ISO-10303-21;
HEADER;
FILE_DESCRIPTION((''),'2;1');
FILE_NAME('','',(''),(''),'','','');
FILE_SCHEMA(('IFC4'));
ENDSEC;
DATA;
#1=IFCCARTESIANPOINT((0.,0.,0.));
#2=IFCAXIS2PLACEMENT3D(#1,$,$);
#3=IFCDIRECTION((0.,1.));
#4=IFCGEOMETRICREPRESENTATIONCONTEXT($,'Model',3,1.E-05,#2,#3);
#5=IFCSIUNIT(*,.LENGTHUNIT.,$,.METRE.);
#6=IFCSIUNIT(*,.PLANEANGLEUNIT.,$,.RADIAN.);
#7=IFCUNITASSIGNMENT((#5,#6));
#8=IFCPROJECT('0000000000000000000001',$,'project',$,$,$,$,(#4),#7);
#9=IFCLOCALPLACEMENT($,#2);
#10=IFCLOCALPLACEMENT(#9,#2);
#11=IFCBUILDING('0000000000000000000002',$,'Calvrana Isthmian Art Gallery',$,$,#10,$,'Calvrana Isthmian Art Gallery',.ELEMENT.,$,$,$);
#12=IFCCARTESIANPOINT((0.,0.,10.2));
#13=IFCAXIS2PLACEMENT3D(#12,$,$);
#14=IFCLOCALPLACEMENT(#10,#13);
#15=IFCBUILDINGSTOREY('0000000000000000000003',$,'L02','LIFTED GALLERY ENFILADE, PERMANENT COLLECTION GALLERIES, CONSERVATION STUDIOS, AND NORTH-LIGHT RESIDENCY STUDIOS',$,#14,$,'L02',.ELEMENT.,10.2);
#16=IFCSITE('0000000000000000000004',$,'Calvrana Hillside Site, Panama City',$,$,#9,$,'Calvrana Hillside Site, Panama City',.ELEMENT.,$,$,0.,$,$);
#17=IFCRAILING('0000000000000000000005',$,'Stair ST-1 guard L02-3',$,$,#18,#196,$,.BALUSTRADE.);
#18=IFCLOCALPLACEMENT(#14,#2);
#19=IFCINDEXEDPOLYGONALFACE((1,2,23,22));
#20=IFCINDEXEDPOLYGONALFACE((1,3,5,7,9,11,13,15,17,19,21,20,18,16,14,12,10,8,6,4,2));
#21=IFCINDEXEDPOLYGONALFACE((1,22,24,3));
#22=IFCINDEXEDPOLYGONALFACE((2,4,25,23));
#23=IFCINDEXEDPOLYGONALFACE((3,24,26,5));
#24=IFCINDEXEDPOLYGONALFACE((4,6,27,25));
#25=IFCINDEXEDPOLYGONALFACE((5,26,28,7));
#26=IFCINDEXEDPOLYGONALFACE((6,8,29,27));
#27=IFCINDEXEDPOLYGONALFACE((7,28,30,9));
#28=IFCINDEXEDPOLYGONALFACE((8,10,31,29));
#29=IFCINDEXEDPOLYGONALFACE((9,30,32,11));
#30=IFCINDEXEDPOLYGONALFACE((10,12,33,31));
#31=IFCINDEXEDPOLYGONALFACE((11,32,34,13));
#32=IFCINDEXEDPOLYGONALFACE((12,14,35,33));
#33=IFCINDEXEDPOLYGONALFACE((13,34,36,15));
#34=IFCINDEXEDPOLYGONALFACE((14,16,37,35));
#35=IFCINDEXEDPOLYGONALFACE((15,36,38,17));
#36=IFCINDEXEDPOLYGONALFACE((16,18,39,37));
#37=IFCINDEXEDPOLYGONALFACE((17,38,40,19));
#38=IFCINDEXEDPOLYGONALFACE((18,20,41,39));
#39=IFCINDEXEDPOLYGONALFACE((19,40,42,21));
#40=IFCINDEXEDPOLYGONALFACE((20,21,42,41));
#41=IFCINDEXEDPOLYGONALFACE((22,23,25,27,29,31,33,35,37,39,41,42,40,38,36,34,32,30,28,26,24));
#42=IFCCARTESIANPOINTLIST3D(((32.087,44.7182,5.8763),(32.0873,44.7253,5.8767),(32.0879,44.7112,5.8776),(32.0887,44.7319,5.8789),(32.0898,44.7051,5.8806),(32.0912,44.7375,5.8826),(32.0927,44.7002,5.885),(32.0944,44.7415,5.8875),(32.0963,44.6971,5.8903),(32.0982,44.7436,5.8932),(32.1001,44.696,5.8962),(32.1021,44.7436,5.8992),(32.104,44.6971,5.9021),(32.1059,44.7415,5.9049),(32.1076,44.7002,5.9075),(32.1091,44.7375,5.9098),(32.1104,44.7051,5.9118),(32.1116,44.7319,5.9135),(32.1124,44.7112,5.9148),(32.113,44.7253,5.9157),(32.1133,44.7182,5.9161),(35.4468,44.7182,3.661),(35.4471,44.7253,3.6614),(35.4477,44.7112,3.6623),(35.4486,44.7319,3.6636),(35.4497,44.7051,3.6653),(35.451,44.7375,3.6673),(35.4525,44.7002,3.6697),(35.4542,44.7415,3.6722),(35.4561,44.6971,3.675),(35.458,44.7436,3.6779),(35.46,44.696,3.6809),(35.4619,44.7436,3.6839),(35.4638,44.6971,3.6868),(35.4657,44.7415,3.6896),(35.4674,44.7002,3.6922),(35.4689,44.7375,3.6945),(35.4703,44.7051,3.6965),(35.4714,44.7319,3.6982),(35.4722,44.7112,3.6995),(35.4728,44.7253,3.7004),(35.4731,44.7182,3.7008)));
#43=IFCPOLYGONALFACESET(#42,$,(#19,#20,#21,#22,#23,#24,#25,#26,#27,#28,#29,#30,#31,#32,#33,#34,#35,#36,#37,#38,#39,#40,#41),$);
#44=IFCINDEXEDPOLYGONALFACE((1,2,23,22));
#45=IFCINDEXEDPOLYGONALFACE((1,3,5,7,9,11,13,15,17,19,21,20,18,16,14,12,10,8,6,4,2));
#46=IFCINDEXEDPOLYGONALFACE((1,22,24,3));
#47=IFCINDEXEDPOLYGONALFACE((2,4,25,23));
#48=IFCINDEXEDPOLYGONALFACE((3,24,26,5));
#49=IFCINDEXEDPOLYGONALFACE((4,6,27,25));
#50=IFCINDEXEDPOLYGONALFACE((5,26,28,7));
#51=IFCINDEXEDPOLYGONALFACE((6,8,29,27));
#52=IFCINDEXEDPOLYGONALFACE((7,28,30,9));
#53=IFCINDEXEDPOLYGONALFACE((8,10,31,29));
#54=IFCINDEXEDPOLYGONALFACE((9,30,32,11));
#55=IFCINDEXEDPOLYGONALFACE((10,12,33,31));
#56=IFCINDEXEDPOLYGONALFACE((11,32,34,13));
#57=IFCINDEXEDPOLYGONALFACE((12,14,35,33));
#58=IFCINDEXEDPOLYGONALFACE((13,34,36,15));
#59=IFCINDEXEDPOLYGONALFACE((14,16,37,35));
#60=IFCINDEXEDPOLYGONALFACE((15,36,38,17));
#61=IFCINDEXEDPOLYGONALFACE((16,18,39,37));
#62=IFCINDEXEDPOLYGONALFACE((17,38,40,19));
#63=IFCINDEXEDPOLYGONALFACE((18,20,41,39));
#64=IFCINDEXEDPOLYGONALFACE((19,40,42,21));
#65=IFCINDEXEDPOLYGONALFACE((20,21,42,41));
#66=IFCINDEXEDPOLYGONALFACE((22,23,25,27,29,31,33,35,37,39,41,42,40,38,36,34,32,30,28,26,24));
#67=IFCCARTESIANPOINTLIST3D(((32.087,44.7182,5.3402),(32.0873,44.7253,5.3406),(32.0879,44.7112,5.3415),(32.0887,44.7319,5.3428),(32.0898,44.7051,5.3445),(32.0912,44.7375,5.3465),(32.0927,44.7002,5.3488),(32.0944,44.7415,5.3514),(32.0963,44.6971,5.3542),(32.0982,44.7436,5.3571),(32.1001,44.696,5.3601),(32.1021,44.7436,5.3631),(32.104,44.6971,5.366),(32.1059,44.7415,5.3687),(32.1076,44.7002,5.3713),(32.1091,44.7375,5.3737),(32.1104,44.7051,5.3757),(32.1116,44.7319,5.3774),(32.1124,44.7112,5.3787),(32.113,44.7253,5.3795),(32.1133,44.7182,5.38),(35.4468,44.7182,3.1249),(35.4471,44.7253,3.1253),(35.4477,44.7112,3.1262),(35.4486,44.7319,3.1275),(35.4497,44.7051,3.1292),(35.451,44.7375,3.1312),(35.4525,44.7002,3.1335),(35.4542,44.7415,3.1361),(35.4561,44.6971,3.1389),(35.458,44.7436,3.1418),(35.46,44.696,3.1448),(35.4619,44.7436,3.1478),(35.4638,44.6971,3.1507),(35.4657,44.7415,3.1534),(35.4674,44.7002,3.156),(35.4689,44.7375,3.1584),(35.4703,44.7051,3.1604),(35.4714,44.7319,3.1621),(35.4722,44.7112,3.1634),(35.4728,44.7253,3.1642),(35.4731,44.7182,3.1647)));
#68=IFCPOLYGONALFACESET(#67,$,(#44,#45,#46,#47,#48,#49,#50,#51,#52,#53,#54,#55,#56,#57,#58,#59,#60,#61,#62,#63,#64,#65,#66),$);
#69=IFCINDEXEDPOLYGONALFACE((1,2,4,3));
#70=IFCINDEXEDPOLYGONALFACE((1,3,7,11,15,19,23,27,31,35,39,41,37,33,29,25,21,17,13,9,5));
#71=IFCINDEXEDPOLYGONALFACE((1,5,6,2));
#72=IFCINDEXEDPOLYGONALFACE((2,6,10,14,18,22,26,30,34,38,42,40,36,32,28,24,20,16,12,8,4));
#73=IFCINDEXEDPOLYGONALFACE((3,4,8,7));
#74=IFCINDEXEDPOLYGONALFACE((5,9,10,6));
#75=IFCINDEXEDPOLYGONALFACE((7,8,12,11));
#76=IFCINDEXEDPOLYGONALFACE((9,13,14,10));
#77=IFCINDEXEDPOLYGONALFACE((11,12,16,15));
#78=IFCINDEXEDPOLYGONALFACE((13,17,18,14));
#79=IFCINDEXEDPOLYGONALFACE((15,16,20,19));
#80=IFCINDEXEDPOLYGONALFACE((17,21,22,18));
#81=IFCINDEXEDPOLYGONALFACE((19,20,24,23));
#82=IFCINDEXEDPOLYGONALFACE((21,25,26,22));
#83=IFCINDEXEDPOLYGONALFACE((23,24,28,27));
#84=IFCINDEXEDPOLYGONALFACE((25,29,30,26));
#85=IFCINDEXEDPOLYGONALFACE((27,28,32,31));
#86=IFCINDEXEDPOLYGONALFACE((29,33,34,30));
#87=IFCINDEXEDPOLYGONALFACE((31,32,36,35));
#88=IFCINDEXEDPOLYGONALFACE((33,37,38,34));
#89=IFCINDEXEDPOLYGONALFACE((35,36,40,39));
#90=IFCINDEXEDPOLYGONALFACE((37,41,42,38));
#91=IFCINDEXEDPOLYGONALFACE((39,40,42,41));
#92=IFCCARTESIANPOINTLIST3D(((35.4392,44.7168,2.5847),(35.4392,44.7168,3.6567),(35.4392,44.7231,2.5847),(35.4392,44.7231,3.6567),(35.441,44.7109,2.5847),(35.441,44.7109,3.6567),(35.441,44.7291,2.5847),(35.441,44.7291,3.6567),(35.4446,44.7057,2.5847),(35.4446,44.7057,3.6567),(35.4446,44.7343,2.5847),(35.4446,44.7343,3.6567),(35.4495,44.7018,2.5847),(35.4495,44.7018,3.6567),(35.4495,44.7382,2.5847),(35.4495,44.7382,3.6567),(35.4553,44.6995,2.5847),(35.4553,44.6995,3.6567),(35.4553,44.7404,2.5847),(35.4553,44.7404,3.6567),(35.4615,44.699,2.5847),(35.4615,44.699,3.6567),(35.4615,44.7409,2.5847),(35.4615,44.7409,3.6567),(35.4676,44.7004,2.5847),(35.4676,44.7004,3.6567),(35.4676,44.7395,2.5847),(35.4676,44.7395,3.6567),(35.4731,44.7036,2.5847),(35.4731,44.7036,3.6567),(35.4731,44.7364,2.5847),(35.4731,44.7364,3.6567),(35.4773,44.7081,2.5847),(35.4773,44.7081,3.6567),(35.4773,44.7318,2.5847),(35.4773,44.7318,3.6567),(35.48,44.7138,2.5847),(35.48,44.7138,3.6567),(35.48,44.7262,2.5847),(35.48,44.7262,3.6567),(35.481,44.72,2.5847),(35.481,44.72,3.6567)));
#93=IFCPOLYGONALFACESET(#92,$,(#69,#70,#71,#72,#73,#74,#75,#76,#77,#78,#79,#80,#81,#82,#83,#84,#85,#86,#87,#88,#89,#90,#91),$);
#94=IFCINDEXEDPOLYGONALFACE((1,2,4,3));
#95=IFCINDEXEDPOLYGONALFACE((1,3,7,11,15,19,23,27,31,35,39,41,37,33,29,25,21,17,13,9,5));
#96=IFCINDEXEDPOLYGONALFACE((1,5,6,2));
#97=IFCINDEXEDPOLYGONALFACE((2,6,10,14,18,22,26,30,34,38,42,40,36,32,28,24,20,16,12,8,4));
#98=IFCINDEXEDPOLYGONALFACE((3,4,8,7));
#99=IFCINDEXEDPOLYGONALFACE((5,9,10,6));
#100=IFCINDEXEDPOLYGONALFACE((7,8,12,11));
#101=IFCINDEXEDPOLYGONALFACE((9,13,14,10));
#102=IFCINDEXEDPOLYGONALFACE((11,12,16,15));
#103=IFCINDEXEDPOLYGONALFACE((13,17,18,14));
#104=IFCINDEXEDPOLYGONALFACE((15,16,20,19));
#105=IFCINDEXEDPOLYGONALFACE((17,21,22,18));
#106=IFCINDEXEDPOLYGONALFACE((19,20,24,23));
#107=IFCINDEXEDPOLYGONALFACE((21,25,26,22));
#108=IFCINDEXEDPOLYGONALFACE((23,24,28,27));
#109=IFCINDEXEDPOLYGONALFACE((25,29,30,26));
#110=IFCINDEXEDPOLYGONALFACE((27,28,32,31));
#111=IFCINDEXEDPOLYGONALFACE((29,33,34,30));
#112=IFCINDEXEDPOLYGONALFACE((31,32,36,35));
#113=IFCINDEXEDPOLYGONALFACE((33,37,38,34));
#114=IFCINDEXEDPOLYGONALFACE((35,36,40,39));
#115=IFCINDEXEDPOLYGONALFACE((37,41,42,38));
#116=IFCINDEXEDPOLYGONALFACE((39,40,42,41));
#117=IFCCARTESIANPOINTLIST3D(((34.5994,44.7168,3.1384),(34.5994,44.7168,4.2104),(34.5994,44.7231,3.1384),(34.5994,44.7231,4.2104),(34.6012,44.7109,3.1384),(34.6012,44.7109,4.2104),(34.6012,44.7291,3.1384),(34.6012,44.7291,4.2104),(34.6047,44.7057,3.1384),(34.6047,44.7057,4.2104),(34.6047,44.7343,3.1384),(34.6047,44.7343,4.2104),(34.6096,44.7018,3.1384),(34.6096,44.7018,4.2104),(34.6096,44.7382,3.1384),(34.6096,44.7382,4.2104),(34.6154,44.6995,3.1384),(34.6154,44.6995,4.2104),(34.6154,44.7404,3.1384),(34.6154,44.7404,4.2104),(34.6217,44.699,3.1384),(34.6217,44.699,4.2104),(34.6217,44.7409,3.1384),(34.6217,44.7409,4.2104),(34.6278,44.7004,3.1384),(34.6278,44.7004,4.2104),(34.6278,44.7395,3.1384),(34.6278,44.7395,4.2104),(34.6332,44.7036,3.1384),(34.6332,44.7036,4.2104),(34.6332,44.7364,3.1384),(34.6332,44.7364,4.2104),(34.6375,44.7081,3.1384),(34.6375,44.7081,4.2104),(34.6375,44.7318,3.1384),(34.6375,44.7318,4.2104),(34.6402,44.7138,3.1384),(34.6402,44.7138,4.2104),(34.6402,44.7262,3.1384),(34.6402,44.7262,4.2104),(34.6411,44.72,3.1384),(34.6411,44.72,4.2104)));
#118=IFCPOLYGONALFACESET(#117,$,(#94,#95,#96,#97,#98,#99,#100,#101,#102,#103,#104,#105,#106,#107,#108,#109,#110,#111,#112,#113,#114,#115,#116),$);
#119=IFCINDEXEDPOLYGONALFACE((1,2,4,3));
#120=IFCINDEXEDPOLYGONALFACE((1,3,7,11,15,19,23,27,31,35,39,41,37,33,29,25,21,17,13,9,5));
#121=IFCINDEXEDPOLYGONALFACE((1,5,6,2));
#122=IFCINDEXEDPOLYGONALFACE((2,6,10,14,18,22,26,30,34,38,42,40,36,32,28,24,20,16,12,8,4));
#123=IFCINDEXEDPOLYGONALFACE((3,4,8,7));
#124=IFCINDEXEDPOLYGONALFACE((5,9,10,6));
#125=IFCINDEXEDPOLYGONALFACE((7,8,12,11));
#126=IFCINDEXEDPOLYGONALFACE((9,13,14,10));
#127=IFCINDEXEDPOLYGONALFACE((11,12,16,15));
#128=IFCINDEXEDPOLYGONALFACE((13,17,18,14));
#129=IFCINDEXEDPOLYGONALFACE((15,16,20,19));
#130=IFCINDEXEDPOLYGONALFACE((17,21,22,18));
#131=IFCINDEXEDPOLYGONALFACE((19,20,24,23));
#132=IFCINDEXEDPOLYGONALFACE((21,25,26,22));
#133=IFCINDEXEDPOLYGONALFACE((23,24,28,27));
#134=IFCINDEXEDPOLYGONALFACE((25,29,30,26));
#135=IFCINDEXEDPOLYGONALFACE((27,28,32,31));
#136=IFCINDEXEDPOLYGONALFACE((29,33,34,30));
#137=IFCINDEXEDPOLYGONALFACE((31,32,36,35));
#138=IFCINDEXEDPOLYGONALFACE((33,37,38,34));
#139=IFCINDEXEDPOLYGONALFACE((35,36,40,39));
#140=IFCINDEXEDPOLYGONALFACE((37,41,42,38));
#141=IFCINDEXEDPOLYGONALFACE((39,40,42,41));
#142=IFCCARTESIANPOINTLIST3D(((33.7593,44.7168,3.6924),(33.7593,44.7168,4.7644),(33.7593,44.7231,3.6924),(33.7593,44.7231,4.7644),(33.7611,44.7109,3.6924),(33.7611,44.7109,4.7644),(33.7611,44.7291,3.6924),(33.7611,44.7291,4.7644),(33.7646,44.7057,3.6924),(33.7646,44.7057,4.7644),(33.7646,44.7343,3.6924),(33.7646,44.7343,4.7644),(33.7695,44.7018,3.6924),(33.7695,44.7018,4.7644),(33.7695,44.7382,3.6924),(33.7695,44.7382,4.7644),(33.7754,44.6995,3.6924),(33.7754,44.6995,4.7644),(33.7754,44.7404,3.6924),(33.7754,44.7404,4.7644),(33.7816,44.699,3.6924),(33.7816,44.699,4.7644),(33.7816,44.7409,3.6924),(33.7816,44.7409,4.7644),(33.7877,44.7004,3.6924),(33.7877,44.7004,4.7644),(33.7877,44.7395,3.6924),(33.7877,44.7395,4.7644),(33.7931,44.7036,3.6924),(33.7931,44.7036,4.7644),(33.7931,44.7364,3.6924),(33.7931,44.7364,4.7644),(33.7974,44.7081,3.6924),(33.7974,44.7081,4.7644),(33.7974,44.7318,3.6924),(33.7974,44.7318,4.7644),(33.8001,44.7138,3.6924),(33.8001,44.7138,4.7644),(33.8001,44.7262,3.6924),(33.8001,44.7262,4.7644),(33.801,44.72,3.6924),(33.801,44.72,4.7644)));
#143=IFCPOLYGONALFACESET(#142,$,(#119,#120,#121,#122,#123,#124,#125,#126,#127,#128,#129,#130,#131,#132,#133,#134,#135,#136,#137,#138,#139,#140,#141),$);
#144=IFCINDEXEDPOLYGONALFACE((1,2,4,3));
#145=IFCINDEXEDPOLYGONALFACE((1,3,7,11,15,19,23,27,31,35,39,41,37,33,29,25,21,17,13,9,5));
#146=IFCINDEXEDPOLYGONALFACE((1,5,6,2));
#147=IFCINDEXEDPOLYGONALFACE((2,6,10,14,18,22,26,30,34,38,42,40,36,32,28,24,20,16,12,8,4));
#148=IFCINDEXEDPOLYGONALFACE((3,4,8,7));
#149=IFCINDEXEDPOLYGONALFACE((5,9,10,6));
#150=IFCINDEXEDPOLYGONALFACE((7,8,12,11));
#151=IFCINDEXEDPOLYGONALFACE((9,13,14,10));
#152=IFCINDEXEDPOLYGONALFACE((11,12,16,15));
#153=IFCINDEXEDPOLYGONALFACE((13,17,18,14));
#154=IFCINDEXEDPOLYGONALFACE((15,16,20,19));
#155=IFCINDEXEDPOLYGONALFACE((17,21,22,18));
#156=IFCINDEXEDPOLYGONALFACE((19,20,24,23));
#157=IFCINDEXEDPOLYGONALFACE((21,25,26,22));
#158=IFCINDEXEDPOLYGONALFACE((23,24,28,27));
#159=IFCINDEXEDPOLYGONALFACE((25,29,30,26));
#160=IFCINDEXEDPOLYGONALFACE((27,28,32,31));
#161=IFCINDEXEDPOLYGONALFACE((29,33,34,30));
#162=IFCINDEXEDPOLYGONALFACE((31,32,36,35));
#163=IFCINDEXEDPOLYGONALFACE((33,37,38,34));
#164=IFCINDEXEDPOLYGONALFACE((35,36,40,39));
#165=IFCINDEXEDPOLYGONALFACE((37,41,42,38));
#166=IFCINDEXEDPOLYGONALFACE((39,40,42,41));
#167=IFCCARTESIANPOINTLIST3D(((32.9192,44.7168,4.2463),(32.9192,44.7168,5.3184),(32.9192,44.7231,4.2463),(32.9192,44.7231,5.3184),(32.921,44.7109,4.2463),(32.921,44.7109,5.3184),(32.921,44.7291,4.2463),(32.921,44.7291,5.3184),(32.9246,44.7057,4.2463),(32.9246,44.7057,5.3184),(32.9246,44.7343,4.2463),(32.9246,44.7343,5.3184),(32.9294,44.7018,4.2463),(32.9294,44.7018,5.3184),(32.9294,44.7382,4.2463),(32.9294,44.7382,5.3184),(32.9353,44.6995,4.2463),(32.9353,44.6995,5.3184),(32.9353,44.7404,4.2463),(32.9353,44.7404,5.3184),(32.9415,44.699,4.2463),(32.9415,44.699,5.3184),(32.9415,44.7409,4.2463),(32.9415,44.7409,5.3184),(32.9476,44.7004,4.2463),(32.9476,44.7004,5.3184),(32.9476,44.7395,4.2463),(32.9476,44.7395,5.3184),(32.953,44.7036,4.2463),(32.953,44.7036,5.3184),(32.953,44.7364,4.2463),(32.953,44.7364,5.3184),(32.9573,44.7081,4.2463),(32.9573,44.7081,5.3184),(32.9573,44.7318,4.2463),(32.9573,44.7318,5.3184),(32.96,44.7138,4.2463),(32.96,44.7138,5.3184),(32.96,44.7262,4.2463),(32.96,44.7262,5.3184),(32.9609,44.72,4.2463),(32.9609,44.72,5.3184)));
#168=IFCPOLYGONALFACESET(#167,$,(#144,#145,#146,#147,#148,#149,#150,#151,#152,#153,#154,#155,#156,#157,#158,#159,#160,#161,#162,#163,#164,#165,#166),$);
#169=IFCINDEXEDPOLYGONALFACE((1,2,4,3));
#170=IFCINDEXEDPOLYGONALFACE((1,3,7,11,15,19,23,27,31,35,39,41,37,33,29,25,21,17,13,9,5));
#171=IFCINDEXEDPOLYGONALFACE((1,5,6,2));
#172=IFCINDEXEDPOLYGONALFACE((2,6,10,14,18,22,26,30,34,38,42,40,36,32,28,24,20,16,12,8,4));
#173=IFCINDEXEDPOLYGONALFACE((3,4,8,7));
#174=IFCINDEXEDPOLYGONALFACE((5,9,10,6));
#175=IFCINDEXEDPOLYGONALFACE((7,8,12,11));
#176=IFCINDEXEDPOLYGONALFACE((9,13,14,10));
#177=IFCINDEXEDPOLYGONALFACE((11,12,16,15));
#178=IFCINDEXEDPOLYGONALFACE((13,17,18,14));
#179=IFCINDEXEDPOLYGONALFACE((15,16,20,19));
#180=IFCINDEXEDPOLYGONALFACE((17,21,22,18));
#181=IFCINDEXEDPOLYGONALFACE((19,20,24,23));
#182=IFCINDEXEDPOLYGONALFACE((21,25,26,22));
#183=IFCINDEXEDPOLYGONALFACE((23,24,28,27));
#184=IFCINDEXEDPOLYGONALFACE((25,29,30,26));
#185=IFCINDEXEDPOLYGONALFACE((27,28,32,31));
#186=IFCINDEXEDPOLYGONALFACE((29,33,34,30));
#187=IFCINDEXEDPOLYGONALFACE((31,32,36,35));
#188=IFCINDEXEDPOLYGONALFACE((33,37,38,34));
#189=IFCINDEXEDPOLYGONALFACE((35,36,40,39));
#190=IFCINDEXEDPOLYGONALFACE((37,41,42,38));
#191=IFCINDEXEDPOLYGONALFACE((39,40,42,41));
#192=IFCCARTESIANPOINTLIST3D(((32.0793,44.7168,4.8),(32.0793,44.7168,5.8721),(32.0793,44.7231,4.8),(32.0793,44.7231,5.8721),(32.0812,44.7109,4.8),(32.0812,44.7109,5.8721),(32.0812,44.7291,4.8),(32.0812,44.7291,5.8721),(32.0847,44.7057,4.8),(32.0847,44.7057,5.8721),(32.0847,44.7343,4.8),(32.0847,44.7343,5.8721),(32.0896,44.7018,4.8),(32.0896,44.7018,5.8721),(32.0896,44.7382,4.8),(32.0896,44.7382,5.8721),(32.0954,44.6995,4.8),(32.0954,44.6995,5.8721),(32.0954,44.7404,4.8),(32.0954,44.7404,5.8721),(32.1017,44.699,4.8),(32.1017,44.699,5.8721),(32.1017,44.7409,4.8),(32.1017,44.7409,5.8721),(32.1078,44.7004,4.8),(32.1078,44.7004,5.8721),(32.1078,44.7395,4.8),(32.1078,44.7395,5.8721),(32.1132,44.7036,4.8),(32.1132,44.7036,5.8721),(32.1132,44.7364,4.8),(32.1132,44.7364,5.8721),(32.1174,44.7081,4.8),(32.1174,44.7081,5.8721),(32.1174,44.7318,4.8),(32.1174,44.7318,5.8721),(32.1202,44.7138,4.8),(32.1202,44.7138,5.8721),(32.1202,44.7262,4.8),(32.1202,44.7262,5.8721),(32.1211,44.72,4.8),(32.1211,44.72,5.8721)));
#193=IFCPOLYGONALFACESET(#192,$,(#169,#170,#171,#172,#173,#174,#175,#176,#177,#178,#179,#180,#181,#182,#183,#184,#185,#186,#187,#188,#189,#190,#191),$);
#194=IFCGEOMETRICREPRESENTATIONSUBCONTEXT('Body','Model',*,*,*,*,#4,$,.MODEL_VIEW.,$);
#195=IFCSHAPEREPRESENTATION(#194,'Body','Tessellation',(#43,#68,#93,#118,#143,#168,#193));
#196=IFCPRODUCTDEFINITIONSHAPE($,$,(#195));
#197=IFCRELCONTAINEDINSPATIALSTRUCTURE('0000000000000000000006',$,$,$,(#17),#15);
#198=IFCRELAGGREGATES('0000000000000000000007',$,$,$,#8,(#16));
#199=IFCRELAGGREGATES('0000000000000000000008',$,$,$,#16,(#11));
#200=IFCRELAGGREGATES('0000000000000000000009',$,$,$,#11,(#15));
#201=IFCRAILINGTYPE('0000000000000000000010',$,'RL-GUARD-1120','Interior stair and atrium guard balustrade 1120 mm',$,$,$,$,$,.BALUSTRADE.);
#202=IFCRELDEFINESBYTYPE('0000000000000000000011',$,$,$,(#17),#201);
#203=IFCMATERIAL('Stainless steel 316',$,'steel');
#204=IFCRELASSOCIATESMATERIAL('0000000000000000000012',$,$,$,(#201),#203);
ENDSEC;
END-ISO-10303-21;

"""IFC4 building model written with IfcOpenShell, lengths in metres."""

from ifc_helpers import new_model, si_unit, direction, frame, origin, origin_2d, place, context, subcontext, project, spatial, circle, extrude, material, type_object, element, save


model = new_model("IFC4")

# Units and contexts
model_context = context("Model", 3, precision=1e-05, world=origin(), true_north=direction((0.0, 1.0)))
body_context = subcontext(model_context, "Body", "Model", "MODEL_VIEW")
ifc_project = project(units=[si_unit("LENGTHUNIT", "METRE"), si_unit("PLANEANGLEUNIT", "RADIAN")], contexts=[model_context])

# Site, building, storey
site_placement = place(None, origin())
site = spatial("IfcSite", under=ifc_project, at=site_placement, Name="Calvrana Hillside Site, Panama City", LongName="Calvrana Hillside Site, Panama City", CompositionType="ELEMENT", RefElevation=0.0)
building_placement = place(site_placement, origin())
building = spatial("IfcBuilding", under=site, at=building_placement, Name="Calvrana Isthmian Art Gallery", LongName="Calvrana Isthmian Art Gallery", CompositionType="ELEMENT")
storey_placement = place(building_placement, frame((0.0, 0.0, 10.2)))
storey = spatial("IfcBuildingStorey", under=building, at=storey_placement, Name="L02", Description="LIFTED GALLERY ENFILADE, PERMANENT COLLECTION GALLERIES, CONSERVATION STUDIOS, AND NORTH-LIGHT RESIDENCY STUDIOS", LongName="L02", CompositionType="ELEMENT", Elevation=10.2)

# Railing
ifc_material_1 = material(Name="Stainless steel 316", Category="steel")
railing_type_1 = type_object("IfcRailingType", Name="RL-GUARD-1120", Description="Interior stair and atrium guard balustrade 1120 mm", PredefinedType="BALUSTRADE", material=ifc_material_1)
railing_1_placement = place(storey_placement, frame((35.46, 44.72, 2.5847)))
element("IfcRailing", 1, at=railing_1_placement, inside=storey, type_object=railing_type_1, Name="Stair ST-1 guard L02-3", PredefinedType="BALUSTRADE", context=body_context, shape_type="SweptSolid", body=[
    extrude(circle(Radius=0.0239, at=origin_2d()), frame((0.0, 0.0, 1.0962), z_axis=(-0.834858, 0.0, 0.550465), x_axis=(0.0, -1.0, 0.0)), (0.0, 0.0, 1.0), 4.0244),
    extrude(circle(Radius=0.0239, at=origin_2d()), frame((0.0, 0.0, 0.5601), z_axis=(-0.834858, 0.0, 0.550465), x_axis=(0.0, -1.0, 0.0)), (0.0, 0.0, 1.0), 4.0244),
    extrude(circle(Radius=0.021, at=origin_2d()), origin(), (0.0, 0.0, 1.0), 1.072),
    extrude(circle(Radius=0.021, at=origin_2d()), frame((-0.8398, 0.0, 0.5537)), (0.0, 0.0, 1.0), 1.072),
    extrude(circle(Radius=0.021, at=origin_2d()), frame((-1.6799, 0.0, 1.1077)), (0.0, 0.0, 1.0), 1.072),
    extrude(circle(Radius=0.021, at=origin_2d()), frame((-2.52, 0.0, 1.6616)), (0.0, 0.0, 1.0), 1.072),
    extrude(circle(Radius=0.021, at=origin_2d()), frame((-3.3599, 0.0, 2.2153)), (0.0, 0.0, 1.0), 1.072),
])

save(model, "model.ifc")
